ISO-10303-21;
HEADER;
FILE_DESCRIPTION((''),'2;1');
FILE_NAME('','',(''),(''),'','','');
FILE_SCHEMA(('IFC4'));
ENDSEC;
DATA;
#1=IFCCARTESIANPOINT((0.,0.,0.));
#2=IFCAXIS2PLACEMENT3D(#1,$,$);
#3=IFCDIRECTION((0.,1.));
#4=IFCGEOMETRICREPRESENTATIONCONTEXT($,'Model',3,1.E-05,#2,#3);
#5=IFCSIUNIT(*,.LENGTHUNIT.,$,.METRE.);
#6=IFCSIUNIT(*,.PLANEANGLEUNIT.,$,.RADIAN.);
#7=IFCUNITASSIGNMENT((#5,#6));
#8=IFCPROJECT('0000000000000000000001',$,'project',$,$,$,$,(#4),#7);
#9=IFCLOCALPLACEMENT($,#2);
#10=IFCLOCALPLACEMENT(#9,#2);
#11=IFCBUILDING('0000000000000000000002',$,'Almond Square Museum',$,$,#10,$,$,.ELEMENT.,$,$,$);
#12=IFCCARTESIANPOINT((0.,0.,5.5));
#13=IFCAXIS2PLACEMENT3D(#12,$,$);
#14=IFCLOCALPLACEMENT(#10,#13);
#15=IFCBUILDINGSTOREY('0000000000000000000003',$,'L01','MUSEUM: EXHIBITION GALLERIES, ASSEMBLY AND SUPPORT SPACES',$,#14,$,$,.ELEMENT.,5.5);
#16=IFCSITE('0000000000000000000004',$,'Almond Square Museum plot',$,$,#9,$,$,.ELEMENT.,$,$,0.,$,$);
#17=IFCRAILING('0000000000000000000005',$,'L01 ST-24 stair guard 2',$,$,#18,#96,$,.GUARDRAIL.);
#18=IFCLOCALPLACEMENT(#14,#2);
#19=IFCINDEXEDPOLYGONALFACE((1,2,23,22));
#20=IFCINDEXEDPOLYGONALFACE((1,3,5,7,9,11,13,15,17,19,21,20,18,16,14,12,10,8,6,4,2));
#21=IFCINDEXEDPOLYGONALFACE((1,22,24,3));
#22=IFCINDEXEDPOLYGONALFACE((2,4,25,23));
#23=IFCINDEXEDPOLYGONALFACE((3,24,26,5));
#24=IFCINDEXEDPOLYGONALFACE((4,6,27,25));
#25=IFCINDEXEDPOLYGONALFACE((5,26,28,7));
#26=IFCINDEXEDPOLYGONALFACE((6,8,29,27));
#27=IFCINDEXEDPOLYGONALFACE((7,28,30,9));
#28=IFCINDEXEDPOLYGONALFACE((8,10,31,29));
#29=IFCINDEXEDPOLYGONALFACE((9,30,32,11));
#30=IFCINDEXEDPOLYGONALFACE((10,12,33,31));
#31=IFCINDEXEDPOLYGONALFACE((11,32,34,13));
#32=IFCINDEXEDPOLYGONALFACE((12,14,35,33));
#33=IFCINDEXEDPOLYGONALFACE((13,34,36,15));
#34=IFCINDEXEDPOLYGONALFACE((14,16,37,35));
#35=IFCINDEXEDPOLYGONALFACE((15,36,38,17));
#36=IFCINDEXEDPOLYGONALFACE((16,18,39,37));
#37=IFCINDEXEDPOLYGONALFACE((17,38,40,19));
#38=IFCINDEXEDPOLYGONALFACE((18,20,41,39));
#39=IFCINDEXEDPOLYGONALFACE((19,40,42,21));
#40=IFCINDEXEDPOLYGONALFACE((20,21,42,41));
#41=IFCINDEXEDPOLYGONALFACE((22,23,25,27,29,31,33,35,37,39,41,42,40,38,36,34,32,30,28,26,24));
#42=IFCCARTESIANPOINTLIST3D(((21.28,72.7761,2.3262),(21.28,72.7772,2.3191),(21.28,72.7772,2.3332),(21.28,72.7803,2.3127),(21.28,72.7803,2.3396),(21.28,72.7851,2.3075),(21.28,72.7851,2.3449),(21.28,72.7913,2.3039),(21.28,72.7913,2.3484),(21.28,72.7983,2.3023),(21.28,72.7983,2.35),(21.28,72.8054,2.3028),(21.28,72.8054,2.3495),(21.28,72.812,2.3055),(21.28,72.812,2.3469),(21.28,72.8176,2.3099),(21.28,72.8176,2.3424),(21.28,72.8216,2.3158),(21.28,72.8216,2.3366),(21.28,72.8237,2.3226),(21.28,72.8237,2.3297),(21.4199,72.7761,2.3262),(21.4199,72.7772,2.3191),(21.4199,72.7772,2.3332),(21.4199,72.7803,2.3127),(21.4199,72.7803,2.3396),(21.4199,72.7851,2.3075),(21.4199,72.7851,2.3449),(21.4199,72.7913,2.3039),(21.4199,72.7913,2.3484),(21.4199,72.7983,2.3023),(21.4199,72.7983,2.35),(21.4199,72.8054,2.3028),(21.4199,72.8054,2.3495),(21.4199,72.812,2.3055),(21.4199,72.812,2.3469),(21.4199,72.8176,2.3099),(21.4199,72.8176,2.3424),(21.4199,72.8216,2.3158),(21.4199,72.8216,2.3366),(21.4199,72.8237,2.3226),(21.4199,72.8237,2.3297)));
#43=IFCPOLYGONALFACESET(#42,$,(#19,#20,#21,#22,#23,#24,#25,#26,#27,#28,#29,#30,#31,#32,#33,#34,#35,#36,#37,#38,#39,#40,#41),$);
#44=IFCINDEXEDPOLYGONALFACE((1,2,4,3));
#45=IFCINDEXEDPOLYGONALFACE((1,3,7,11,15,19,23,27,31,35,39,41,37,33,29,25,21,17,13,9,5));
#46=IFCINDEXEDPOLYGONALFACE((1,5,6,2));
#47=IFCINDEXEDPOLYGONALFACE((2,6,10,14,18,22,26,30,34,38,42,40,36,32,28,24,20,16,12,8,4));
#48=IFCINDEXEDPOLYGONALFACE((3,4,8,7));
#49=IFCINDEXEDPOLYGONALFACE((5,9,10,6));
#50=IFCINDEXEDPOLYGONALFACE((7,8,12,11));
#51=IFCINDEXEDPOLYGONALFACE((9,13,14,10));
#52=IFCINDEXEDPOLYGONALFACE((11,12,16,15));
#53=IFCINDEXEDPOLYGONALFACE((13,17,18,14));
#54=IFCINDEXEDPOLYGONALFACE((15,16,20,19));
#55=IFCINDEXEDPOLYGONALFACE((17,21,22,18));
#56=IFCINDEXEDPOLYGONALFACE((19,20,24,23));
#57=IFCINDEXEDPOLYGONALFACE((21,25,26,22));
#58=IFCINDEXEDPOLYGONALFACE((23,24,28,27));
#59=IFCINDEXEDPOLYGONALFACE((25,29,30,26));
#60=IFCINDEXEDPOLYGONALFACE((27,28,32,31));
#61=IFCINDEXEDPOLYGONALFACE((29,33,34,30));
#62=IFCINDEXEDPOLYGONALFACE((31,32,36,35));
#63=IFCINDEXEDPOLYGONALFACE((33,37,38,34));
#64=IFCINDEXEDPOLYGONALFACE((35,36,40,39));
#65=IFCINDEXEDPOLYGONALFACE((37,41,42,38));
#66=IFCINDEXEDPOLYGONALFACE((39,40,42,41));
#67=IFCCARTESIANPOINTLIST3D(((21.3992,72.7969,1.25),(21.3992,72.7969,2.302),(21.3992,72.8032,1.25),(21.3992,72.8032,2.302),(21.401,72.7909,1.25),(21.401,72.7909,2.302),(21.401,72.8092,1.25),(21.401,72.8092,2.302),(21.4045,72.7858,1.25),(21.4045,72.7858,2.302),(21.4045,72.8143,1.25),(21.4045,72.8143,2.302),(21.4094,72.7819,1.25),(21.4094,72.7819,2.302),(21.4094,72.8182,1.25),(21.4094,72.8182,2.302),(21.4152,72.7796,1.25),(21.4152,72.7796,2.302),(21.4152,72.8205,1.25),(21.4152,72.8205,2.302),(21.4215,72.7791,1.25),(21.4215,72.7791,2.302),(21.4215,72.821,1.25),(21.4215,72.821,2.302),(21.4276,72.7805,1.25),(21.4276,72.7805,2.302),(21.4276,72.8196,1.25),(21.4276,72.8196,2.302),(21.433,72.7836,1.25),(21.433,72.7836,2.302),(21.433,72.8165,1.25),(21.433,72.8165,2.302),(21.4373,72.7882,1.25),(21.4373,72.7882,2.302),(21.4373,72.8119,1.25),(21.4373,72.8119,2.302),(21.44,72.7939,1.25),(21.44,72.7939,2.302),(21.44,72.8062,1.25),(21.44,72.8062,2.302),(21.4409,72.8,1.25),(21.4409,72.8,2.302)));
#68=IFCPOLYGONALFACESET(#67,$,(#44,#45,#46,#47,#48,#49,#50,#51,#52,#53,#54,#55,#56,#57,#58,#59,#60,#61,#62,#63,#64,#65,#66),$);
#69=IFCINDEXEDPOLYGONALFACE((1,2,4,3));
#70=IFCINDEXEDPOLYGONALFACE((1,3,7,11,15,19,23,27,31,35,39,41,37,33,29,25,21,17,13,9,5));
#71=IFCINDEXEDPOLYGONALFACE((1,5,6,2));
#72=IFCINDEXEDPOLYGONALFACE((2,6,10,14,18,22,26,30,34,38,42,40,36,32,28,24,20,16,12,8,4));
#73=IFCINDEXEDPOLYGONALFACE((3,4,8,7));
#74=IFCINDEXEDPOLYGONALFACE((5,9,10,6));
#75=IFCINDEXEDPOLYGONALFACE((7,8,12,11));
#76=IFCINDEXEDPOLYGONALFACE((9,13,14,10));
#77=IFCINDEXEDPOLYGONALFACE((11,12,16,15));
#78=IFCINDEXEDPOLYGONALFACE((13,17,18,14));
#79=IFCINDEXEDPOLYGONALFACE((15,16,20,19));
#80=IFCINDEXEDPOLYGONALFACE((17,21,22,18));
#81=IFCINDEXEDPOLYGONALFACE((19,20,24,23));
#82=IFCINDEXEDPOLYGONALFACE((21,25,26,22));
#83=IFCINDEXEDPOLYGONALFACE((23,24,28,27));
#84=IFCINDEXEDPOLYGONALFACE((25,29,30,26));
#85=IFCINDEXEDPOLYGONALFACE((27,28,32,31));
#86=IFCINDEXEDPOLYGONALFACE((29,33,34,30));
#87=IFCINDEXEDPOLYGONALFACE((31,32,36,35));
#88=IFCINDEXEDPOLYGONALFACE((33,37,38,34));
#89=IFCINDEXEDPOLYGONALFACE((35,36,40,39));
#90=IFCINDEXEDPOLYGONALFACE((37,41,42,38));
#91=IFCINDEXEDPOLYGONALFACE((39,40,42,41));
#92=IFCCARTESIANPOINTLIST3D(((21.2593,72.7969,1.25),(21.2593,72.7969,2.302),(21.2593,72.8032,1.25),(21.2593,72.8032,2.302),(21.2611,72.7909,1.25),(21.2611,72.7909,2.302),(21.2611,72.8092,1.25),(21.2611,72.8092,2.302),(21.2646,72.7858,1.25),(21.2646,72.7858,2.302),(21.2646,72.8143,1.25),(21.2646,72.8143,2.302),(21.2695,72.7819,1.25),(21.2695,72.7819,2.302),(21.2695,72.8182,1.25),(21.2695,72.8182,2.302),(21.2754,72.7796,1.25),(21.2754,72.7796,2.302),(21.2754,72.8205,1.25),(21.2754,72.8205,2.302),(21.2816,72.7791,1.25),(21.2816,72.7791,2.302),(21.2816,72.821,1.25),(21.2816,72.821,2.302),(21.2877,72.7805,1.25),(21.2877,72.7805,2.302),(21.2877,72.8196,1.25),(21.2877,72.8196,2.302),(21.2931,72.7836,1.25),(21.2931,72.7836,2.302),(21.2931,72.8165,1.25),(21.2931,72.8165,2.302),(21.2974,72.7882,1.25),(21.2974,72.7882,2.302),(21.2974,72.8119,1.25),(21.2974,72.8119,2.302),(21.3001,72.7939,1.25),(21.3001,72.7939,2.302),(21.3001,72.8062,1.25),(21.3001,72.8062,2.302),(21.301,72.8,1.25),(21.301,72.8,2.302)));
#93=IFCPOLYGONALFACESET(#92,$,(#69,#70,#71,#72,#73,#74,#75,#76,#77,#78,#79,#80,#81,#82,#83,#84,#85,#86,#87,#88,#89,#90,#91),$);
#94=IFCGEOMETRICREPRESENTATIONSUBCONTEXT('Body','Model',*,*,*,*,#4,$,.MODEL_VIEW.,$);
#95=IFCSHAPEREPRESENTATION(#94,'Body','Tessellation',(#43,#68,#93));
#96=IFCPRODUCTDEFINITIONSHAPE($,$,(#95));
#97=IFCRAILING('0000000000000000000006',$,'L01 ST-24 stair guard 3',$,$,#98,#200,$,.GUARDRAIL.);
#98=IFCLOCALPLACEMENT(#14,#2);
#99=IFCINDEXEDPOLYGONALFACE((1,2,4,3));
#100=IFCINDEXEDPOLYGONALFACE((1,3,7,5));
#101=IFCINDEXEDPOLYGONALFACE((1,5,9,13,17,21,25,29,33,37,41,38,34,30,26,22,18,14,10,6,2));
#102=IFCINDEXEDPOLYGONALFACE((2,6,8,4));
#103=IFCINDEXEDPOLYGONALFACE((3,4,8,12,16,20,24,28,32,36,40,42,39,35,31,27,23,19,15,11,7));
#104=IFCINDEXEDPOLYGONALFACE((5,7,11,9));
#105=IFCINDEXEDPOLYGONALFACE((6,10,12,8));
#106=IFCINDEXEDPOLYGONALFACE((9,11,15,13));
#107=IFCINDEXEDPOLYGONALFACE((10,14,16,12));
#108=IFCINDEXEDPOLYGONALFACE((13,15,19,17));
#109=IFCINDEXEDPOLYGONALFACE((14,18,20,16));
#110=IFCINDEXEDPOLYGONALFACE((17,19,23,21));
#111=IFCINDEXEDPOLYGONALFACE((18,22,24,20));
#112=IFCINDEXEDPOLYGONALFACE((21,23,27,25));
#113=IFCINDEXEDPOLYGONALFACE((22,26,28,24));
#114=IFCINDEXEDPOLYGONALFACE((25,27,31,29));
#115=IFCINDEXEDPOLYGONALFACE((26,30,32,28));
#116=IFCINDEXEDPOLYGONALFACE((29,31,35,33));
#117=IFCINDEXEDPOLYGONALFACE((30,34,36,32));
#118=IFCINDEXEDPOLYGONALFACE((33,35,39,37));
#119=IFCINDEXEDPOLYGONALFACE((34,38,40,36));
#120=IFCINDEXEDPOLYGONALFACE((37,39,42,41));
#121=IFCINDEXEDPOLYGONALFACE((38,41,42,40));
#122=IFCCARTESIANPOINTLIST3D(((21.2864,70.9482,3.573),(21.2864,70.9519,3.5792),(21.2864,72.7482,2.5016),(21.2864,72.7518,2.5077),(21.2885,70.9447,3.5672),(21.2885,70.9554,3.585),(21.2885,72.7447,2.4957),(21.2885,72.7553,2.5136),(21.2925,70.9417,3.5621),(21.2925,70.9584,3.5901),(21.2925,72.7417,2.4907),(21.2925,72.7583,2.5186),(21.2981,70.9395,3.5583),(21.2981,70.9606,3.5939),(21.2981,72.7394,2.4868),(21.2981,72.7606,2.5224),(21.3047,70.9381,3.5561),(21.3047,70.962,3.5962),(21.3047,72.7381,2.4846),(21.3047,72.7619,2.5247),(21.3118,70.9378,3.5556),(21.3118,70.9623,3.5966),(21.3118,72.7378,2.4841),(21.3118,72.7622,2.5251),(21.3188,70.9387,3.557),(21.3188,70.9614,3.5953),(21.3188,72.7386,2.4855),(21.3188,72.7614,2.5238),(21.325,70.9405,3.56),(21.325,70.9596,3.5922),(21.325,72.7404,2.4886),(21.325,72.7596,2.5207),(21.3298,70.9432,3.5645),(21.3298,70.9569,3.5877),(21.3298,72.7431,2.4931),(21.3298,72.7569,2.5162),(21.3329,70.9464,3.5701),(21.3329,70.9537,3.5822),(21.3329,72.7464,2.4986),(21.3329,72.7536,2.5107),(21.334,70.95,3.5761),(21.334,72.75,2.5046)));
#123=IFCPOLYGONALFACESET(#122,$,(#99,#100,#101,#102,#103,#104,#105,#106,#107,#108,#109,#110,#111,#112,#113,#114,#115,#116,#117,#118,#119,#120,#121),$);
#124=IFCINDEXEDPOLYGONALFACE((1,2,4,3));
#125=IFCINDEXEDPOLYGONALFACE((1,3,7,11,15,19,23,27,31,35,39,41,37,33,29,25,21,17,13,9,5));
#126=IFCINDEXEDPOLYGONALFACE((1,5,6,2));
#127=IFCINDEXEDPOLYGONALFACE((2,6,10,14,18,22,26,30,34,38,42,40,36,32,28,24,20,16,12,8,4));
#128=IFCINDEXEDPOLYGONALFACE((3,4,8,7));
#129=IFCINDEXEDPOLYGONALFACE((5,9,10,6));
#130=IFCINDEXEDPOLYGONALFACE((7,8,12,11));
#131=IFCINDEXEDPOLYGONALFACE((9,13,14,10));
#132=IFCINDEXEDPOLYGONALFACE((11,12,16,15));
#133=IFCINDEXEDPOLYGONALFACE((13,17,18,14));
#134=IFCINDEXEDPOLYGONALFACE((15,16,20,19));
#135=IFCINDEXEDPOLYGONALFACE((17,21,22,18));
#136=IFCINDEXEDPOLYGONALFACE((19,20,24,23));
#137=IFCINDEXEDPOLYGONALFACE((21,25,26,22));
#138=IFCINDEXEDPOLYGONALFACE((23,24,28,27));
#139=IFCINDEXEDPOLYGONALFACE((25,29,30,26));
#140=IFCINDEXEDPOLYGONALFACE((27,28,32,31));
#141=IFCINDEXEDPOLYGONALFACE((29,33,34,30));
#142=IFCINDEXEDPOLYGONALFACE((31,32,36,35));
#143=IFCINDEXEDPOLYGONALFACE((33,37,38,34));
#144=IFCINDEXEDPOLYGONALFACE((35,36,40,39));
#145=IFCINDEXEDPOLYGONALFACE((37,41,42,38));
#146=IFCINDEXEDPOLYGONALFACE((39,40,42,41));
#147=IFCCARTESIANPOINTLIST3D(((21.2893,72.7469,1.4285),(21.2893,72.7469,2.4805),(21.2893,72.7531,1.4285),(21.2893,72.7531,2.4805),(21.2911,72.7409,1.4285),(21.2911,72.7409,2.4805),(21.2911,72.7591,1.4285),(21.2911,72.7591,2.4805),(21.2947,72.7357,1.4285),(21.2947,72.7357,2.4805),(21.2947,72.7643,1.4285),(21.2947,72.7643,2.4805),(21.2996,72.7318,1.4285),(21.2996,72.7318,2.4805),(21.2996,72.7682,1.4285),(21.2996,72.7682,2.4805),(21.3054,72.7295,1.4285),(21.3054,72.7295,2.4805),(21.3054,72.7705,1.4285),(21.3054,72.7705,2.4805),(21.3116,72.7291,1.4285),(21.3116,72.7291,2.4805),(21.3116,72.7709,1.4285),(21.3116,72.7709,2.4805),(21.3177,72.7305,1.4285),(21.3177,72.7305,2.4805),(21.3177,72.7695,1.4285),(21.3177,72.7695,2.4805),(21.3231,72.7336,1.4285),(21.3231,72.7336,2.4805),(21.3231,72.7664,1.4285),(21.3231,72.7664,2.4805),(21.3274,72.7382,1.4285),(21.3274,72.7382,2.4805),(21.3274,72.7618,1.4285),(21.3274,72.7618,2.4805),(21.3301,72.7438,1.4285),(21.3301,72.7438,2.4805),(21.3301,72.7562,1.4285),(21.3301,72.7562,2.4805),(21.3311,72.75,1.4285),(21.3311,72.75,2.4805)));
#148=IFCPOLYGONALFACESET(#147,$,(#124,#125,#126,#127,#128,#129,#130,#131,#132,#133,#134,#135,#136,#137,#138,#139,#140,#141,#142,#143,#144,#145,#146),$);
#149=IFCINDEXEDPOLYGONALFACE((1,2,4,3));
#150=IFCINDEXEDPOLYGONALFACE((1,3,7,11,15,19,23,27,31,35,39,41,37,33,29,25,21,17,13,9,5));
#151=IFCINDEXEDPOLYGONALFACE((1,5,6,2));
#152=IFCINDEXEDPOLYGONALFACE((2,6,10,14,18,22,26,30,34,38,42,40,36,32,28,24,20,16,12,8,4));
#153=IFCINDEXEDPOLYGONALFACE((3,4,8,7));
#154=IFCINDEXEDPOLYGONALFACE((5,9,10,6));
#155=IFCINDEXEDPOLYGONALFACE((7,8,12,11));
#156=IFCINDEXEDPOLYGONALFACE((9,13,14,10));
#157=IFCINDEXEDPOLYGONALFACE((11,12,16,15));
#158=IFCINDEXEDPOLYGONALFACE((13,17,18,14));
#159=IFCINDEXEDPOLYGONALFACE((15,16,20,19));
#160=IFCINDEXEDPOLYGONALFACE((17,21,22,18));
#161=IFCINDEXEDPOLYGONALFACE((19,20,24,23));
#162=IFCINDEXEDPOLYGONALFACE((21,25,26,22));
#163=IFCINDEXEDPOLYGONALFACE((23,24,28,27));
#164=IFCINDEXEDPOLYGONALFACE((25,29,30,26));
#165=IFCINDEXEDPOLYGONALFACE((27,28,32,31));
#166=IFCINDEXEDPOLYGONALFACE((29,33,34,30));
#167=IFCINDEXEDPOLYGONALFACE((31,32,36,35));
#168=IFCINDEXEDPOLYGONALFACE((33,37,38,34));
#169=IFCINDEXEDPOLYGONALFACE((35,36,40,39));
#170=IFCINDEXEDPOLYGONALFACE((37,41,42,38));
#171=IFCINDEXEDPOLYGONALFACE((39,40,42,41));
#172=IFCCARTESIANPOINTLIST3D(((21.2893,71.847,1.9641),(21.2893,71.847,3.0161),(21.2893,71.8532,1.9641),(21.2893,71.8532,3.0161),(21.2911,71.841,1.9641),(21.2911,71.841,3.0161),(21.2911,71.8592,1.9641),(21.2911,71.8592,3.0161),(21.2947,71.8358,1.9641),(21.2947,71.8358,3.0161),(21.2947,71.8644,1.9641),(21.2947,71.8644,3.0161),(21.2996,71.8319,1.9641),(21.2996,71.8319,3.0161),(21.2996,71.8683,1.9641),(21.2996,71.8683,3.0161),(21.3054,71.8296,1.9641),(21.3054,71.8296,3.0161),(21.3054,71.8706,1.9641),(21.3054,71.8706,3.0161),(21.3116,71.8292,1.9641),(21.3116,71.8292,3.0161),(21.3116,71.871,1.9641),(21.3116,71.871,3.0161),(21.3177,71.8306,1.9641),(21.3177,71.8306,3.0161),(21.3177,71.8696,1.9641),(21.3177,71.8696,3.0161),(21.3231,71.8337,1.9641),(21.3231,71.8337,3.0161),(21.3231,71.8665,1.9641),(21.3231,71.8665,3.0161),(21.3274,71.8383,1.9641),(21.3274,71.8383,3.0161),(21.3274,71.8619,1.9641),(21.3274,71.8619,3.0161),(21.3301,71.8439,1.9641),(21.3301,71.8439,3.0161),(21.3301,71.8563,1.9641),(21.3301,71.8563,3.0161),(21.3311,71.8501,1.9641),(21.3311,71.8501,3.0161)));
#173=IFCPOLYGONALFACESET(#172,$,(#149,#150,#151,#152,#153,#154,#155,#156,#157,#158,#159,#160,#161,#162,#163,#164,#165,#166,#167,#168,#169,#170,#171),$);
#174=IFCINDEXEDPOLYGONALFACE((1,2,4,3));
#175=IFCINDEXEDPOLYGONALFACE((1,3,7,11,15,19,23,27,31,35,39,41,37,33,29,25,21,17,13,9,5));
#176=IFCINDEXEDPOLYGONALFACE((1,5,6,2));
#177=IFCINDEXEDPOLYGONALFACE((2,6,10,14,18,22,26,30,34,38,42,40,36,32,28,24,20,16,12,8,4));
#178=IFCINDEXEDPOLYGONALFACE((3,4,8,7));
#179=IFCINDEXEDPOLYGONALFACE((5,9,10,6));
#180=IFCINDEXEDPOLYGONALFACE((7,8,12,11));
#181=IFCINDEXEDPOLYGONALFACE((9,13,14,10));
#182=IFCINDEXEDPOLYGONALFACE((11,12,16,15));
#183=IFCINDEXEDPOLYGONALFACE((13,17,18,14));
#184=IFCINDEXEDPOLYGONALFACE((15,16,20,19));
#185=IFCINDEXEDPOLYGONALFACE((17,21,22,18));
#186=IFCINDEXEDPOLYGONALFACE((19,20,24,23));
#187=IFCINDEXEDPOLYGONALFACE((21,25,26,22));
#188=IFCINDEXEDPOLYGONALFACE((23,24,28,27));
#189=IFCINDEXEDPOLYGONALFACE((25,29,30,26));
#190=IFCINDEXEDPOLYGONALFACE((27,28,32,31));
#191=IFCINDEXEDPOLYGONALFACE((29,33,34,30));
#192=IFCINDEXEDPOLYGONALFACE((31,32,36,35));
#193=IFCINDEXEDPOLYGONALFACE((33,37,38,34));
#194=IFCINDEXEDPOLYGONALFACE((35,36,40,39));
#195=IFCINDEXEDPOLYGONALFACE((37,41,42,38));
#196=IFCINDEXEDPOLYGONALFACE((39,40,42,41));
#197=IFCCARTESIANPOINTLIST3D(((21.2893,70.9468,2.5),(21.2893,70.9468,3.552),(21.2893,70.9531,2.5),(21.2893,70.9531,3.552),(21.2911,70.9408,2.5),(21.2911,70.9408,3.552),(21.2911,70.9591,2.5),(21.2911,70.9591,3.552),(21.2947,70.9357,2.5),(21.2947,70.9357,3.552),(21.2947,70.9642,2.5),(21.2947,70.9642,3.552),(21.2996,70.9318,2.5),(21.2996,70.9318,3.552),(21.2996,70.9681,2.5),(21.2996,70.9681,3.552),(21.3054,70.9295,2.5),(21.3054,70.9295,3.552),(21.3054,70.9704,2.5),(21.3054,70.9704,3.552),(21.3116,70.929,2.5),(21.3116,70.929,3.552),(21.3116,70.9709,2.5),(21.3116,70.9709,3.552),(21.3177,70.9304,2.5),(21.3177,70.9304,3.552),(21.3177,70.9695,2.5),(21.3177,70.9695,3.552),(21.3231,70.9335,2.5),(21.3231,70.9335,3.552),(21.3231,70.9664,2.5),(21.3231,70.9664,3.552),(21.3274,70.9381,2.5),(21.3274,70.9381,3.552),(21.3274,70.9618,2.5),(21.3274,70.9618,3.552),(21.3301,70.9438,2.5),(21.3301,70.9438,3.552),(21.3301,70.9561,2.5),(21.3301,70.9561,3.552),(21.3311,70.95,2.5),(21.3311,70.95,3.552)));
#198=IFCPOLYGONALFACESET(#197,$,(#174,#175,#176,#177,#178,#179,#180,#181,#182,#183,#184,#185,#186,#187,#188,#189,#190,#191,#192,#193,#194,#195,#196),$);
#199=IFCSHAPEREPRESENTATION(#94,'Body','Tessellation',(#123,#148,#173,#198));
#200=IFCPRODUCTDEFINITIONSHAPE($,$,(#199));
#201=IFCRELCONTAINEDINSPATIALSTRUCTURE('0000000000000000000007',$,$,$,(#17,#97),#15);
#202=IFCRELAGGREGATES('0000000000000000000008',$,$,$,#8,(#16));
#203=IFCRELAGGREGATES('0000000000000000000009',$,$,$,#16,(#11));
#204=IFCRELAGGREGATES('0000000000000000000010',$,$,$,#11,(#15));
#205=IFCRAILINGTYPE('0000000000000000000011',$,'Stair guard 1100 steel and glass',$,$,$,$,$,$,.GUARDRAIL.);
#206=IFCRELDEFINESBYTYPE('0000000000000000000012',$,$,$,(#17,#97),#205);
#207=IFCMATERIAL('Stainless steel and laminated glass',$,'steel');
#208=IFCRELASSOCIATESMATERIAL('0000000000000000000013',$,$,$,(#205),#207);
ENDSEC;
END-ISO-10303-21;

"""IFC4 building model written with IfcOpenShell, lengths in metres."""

from ifc_helpers import new_model, si_unit, direction, frame, origin, origin_2d, place, context, subcontext, project, spatial, circle, extrude, material, type_object, element, save


model = new_model("IFC4")

# Units and contexts
model_context = context("Model", 3, precision=1e-05, world=origin(), true_north=direction((0.0, 1.0)))
body_context = subcontext(model_context, "Body", "Model", "MODEL_VIEW")
ifc_project = project(units=[si_unit("LENGTHUNIT", "METRE"), si_unit("PLANEANGLEUNIT", "RADIAN")], contexts=[model_context])

# Site, building, storey
site_placement = place(None, origin())
site = spatial("IfcSite", under=ifc_project, at=site_placement, Name="Almond Square Museum plot", CompositionType="ELEMENT", RefElevation=0.0)
building_placement = place(site_placement, origin())
building = spatial("IfcBuilding", under=site, at=building_placement, Name="Almond Square Museum", CompositionType="ELEMENT")
storey_placement = place(building_placement, frame((0.0, 0.0, 5.5)))
storey = spatial("IfcBuildingStorey", under=building, at=storey_placement, Name="L01", Description="MUSEUM: EXHIBITION GALLERIES, ASSEMBLY AND SUPPORT SPACES", CompositionType="ELEMENT", Elevation=5.5)

# Railings
ifc_material_1 = material(Name="Stainless steel and laminated glass", Category="steel")
railing_type_1 = type_object("IfcRailingType", Name="Stair guard 1100 steel and glass", PredefinedType="GUARDRAIL", material=ifc_material_1)
railing_1_placement = place(storey_placement, frame((21.4199, 72.8, 1.25)))
element("IfcRailing", 1, at=railing_1_placement, inside=storey, type_object=railing_type_1, Name="L01 ST-24 stair guard 2", PredefinedType="GUARDRAIL", context=body_context, shape_type="SweptSolid", body=[
    extrude(circle(Radius=0.0239, at=origin_2d()), frame((0.0, 0.0, 1.0762), z_axis=(-1.0, 0.0, 0.0), x_axis=(0.0, -1.0, 0.0)), (0.0, 0.0, 1.0), 0.1399),
    extrude(circle(Radius=0.021, at=origin_2d()), origin(), (0.0, 0.0, 1.0), 1.052),
    extrude(circle(Radius=0.021, at=origin_2d()), frame((-0.1399, 0.0, 0.0)), (0.0, 0.0, 1.0), 1.052),
])
railing_2_placement = place(storey_placement, frame((21.3101, 72.75, 1.4285)))
element("IfcRailing", 2, at=railing_2_placement, inside=storey, type_object=railing_type_1, Name="L01 ST-24 stair guard 3", PredefinedType="GUARDRAIL", context=body_context, shape_type="SweptSolid", body=[
    extrude(circle(Radius=0.0239, at=origin_2d()), frame((0.0, 0.0, 1.0762), z_axis=(0.0, -0.859277, 0.51151), x_axis=(1.0, 0.0, 0.0)), (0.0, 0.0, 1.0), 2.0947),
    extrude(circle(Radius=0.021, at=origin_2d()), origin(), (0.0, 0.0, 1.0), 1.052),
    extrude(circle(Radius=0.021, at=origin_2d()), frame((0.0, -0.8999, 0.5356)), (0.0, 0.0, 1.0), 1.052),
    extrude(circle(Radius=0.021, at=origin_2d()), frame((0.0, -1.8, 1.0715)), (0.0, 0.0, 1.0), 1.052),
])

save(model, "model.ifc")
